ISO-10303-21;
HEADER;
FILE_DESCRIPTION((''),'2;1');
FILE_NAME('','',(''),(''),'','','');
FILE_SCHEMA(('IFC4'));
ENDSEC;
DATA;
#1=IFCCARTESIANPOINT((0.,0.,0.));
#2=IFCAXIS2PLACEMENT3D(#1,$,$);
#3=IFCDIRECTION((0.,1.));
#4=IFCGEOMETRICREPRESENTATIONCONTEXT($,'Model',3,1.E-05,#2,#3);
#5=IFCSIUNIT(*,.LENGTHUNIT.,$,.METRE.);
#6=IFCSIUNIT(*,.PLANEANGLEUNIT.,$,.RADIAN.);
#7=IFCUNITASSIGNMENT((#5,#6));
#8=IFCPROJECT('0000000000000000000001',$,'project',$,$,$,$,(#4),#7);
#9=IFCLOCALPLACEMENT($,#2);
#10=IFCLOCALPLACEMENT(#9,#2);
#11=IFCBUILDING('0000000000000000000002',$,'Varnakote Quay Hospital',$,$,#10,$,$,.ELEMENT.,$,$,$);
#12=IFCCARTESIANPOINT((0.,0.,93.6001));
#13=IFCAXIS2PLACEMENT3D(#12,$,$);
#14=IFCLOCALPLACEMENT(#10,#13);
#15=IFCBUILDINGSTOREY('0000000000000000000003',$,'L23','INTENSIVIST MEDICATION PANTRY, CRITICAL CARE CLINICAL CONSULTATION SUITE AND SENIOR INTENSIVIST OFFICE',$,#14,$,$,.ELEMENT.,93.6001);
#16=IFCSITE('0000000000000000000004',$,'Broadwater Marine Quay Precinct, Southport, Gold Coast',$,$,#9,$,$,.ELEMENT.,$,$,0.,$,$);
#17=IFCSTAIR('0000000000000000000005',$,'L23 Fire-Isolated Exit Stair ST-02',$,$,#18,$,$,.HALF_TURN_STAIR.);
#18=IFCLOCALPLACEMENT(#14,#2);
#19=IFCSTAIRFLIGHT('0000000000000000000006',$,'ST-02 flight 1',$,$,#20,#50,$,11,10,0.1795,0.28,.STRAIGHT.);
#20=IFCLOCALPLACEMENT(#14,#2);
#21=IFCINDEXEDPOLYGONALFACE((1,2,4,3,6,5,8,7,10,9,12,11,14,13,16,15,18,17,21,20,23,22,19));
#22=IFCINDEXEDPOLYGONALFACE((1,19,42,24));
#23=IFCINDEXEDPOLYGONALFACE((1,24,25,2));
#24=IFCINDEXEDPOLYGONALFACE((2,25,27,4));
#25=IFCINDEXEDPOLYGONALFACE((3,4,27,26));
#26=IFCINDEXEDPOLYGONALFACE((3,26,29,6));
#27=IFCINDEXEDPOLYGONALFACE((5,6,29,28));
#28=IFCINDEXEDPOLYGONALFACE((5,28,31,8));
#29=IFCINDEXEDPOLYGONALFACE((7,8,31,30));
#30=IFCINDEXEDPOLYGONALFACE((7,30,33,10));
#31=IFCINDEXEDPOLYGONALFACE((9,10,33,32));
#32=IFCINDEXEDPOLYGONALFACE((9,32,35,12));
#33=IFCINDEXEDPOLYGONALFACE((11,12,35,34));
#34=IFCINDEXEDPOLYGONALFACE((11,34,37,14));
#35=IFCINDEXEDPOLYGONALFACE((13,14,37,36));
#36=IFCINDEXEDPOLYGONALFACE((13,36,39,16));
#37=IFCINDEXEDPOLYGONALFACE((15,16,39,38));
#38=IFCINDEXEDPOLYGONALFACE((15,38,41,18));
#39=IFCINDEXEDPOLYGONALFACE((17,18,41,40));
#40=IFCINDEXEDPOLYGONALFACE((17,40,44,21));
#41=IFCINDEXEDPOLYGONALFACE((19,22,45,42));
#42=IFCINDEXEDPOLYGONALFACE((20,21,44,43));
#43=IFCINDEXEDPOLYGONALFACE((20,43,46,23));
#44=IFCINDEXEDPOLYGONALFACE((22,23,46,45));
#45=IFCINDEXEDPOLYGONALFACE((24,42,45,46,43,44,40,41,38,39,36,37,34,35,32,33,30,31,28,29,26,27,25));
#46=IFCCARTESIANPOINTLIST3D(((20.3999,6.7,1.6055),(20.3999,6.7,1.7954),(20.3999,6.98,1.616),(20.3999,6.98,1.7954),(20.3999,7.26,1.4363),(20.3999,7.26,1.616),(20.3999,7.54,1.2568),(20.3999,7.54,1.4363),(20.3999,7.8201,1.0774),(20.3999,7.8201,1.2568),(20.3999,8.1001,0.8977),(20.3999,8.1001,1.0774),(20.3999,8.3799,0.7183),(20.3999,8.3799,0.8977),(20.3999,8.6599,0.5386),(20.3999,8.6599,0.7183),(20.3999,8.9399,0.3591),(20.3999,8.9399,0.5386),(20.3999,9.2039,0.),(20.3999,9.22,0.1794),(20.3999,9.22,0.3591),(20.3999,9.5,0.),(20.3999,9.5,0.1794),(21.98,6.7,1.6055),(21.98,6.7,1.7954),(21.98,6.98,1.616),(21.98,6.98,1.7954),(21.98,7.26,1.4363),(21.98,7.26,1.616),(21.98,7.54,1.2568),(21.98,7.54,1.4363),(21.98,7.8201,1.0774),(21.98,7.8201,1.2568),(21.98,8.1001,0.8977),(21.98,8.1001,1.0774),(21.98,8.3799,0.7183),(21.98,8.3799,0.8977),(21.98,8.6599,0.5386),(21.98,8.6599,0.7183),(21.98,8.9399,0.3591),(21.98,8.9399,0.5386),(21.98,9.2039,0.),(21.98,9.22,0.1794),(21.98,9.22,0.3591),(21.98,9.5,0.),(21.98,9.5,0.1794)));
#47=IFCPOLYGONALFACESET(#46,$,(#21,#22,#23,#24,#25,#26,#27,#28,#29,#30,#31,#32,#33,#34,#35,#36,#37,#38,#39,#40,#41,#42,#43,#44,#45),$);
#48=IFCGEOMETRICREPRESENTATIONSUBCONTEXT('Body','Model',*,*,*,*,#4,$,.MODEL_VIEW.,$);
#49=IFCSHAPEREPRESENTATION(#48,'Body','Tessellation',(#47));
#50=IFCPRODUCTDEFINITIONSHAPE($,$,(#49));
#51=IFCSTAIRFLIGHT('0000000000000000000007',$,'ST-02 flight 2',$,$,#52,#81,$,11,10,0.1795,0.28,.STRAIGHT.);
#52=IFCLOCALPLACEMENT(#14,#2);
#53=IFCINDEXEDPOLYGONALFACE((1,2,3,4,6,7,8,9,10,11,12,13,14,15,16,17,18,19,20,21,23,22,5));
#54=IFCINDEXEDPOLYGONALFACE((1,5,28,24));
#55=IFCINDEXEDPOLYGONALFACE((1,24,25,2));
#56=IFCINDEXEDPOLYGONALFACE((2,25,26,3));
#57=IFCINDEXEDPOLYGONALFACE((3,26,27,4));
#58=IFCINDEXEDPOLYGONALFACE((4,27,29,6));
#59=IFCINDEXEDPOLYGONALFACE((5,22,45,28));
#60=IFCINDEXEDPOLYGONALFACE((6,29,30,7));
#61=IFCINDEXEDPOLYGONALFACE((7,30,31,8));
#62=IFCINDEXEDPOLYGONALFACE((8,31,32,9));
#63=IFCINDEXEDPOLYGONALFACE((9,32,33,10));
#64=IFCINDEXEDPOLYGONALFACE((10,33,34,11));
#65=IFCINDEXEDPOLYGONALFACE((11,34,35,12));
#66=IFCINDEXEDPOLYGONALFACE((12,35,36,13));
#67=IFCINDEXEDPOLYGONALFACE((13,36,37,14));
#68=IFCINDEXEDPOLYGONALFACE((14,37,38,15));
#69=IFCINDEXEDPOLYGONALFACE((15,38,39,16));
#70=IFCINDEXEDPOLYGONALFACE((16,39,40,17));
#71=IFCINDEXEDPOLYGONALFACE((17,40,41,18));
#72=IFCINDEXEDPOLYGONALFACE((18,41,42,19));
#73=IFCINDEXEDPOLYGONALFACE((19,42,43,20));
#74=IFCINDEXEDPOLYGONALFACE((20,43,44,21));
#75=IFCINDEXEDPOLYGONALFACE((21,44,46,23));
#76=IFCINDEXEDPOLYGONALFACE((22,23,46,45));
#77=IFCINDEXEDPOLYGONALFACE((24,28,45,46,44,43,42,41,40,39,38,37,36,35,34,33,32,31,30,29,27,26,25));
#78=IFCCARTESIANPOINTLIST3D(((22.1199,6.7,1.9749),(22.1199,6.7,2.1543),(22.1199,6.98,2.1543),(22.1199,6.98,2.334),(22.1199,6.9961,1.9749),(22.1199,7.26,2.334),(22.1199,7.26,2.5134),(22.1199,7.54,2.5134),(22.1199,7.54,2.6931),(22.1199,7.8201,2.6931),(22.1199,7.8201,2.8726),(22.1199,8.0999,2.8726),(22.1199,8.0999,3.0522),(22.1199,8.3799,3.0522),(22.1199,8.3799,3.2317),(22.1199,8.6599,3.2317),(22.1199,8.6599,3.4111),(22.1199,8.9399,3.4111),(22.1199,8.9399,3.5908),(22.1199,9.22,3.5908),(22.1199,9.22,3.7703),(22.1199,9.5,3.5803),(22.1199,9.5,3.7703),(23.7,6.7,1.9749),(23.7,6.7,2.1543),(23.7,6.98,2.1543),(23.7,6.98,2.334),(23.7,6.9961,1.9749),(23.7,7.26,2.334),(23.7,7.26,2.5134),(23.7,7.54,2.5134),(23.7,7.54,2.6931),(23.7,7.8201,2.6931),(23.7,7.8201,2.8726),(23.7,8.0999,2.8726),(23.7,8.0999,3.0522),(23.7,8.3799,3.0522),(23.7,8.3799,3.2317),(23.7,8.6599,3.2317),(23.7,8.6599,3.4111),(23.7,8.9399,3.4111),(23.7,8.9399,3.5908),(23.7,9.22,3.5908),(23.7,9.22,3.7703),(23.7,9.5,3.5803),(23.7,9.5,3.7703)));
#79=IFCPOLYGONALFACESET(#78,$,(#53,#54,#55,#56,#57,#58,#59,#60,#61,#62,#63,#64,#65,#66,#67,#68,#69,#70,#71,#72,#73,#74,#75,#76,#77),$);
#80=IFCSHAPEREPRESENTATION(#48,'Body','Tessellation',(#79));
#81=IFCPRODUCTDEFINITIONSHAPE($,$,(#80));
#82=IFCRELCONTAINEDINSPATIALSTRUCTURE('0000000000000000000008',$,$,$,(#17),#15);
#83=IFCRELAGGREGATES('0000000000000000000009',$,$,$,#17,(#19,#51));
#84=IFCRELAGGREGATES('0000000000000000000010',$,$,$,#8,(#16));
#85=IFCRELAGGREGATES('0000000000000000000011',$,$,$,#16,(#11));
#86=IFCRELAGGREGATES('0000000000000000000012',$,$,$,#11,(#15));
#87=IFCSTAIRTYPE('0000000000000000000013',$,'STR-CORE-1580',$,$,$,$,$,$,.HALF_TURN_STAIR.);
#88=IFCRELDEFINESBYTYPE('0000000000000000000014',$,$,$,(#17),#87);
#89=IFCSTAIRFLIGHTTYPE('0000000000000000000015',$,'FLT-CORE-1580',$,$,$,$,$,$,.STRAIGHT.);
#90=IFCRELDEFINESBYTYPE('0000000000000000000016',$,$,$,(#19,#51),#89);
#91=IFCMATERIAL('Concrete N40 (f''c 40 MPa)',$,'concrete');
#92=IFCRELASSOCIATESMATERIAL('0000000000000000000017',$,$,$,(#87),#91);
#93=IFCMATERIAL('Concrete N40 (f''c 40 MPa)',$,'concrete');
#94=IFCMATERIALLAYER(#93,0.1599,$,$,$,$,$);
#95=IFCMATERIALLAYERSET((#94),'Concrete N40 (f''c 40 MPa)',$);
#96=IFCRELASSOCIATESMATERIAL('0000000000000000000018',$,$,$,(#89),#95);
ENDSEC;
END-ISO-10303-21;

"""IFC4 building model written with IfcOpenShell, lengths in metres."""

from ifc_helpers import new_model, si_unit, direction, frame, origin, place, context, subcontext, project, spatial, polyline, outline, extrude, material, layer, layer_set, type_object, element, aggregate, save


model = new_model("IFC4")

# Units and contexts
model_context = context("Model", 3, precision=1e-05, world=origin(), true_north=direction((0.0, 1.0)))
body_context = subcontext(model_context, "Body", "Model", "MODEL_VIEW")
ifc_project = project(units=[si_unit("LENGTHUNIT", "METRE"), si_unit("PLANEANGLEUNIT", "RADIAN")], contexts=[model_context])

# Site, building, storey
site_placement = place(None, origin())
site = spatial("IfcSite", under=ifc_project, at=site_placement, Name="Broadwater Marine Quay Precinct, Southport, Gold Coast", CompositionType="ELEMENT", RefElevation=0.0)
building_placement = place(site_placement, origin())
building = spatial("IfcBuilding", under=site, at=building_placement, Name="Varnakote Quay Hospital", CompositionType="ELEMENT")
storey_placement = place(building_placement, frame((0.0, 0.0, 93.6001)))
storey = spatial("IfcBuildingStorey", under=building, at=storey_placement, Name="L23", Description="INTENSIVIST MEDICATION PANTRY, CRITICAL CARE CLINICAL CONSULTATION SUITE AND SENIOR INTENSIVIST OFFICE", CompositionType="ELEMENT", Elevation=93.6001)

# Stair, stair flights
ifc_material_1 = material(Name="Concrete N40 (f'c 40 MPa)", Category="concrete")
stair_type = type_object("IfcStairType", Name="STR-CORE-1580", PredefinedType="HALF_TURN_STAIR", material=ifc_material_1)
stair_placement = place(storey_placement, origin())
stair = element("IfcStair", 1, at=stair_placement, inside=storey, type_object=stair_type, Name="L23 Fire-Isolated Exit Stair ST-02", PredefinedType="HALF_TURN_STAIR")
ifc_material_2 = material(Name="Concrete N40 (f'c 40 MPa)", Category="concrete")
ifc_layer_1 = layer(ifc_material_2, 0.1599)
ifc_layer_set_1 = layer_set([ifc_layer_1], Name="Concrete N40 (f'c 40 MPa)")
stair_flight_type = type_object("IfcStairFlightType", Name="FLT-CORE-1580", PredefinedType="STRAIGHT", material=ifc_layer_set_1)
stair_flight_1_placement = place(storey_placement, frame((21.1899, 9.5, 0.0), z_axis=(0.0, 0.0, 1.0), x_axis=(0.0, -1.0, 0.0)))
stair_flight_1 = element("IfcStairFlight", 2, at=stair_flight_1_placement, type_object=stair_flight_type, Name="ST-02 flight 1", NumberOfRisers=11, NumberOfTreads=10, PredefinedType="STRAIGHT", RiserHeight=0.1795, TreadLength=0.28, context=body_context, shape_type="SweptSolid", body=[
    extrude(outline(polyline([(0.0, 0.0), (0.0, 0.1794), (0.28, 0.1794), (0.28, 0.3591), (0.5601, 0.3591), (0.5601, 0.5386), (0.8401, 0.5386), (0.8401, 0.7183), (1.1201, 0.7183), (1.1201, 0.8977), (1.3999, 0.8977), (1.3999, 1.0774), (1.6799, 1.0774), (1.6799, 1.2568), (1.96, 1.2568), (1.96, 1.4363), (2.24, 1.4363), (2.24, 1.616), (2.52, 1.616), (2.52, 1.7954), (2.8, 1.7954), (2.8, 1.9751), (2.8, 1.6055), (0.2961, 0.0), (0.0, 0.0)])), frame((0.0, 0.79, 0.0), z_axis=(0.0, -1.0, 0.0), x_axis=(1.0, 0.0, 0.0)), (0.0, 0.0, 1.0), 1.5801),
])
stair_flight_2_placement = place(storey_placement, frame((22.9099, 6.7, 1.9749), z_axis=(0.0, 0.0, 1.0), x_axis=(0.0, 1.0, 0.0)))
stair_flight_2 = element("IfcStairFlight", 3, at=stair_flight_2_placement, type_object=stair_flight_type, Name="ST-02 flight 2", NumberOfRisers=11, NumberOfTreads=10, PredefinedType="STRAIGHT", RiserHeight=0.1795, TreadLength=0.28, context=body_context, shape_type="SweptSolid", body=[
    extrude(outline(polyline([(0.0, 0.0), (0.0, 0.1794), (0.28, 0.1794), (0.28, 0.3591), (0.5601, 0.3591), (0.5601, 0.5386), (0.8401, 0.5386), (0.8401, 0.7183), (1.1201, 0.7183), (1.1201, 0.8977), (1.3999, 0.8977), (1.3999, 1.0774), (1.6799, 1.0774), (1.6799, 1.2568), (1.96, 1.2568), (1.96, 1.4363), (2.24, 1.4363), (2.24, 1.616), (2.52, 1.616), (2.52, 1.7954), (2.8, 1.7954), (2.8, 1.9751), (2.8, 1.6055), (0.2961, 0.0), (0.0, 0.0)])), frame((0.0, 0.79, 0.0), z_axis=(0.0, -1.0, 0.0), x_axis=(1.0, 0.0, 0.0)), (0.0, 0.0, 1.0), 1.5801),
])
aggregate(stair, [stair_flight_1, stair_flight_2])

save(model, "model.ifc")
